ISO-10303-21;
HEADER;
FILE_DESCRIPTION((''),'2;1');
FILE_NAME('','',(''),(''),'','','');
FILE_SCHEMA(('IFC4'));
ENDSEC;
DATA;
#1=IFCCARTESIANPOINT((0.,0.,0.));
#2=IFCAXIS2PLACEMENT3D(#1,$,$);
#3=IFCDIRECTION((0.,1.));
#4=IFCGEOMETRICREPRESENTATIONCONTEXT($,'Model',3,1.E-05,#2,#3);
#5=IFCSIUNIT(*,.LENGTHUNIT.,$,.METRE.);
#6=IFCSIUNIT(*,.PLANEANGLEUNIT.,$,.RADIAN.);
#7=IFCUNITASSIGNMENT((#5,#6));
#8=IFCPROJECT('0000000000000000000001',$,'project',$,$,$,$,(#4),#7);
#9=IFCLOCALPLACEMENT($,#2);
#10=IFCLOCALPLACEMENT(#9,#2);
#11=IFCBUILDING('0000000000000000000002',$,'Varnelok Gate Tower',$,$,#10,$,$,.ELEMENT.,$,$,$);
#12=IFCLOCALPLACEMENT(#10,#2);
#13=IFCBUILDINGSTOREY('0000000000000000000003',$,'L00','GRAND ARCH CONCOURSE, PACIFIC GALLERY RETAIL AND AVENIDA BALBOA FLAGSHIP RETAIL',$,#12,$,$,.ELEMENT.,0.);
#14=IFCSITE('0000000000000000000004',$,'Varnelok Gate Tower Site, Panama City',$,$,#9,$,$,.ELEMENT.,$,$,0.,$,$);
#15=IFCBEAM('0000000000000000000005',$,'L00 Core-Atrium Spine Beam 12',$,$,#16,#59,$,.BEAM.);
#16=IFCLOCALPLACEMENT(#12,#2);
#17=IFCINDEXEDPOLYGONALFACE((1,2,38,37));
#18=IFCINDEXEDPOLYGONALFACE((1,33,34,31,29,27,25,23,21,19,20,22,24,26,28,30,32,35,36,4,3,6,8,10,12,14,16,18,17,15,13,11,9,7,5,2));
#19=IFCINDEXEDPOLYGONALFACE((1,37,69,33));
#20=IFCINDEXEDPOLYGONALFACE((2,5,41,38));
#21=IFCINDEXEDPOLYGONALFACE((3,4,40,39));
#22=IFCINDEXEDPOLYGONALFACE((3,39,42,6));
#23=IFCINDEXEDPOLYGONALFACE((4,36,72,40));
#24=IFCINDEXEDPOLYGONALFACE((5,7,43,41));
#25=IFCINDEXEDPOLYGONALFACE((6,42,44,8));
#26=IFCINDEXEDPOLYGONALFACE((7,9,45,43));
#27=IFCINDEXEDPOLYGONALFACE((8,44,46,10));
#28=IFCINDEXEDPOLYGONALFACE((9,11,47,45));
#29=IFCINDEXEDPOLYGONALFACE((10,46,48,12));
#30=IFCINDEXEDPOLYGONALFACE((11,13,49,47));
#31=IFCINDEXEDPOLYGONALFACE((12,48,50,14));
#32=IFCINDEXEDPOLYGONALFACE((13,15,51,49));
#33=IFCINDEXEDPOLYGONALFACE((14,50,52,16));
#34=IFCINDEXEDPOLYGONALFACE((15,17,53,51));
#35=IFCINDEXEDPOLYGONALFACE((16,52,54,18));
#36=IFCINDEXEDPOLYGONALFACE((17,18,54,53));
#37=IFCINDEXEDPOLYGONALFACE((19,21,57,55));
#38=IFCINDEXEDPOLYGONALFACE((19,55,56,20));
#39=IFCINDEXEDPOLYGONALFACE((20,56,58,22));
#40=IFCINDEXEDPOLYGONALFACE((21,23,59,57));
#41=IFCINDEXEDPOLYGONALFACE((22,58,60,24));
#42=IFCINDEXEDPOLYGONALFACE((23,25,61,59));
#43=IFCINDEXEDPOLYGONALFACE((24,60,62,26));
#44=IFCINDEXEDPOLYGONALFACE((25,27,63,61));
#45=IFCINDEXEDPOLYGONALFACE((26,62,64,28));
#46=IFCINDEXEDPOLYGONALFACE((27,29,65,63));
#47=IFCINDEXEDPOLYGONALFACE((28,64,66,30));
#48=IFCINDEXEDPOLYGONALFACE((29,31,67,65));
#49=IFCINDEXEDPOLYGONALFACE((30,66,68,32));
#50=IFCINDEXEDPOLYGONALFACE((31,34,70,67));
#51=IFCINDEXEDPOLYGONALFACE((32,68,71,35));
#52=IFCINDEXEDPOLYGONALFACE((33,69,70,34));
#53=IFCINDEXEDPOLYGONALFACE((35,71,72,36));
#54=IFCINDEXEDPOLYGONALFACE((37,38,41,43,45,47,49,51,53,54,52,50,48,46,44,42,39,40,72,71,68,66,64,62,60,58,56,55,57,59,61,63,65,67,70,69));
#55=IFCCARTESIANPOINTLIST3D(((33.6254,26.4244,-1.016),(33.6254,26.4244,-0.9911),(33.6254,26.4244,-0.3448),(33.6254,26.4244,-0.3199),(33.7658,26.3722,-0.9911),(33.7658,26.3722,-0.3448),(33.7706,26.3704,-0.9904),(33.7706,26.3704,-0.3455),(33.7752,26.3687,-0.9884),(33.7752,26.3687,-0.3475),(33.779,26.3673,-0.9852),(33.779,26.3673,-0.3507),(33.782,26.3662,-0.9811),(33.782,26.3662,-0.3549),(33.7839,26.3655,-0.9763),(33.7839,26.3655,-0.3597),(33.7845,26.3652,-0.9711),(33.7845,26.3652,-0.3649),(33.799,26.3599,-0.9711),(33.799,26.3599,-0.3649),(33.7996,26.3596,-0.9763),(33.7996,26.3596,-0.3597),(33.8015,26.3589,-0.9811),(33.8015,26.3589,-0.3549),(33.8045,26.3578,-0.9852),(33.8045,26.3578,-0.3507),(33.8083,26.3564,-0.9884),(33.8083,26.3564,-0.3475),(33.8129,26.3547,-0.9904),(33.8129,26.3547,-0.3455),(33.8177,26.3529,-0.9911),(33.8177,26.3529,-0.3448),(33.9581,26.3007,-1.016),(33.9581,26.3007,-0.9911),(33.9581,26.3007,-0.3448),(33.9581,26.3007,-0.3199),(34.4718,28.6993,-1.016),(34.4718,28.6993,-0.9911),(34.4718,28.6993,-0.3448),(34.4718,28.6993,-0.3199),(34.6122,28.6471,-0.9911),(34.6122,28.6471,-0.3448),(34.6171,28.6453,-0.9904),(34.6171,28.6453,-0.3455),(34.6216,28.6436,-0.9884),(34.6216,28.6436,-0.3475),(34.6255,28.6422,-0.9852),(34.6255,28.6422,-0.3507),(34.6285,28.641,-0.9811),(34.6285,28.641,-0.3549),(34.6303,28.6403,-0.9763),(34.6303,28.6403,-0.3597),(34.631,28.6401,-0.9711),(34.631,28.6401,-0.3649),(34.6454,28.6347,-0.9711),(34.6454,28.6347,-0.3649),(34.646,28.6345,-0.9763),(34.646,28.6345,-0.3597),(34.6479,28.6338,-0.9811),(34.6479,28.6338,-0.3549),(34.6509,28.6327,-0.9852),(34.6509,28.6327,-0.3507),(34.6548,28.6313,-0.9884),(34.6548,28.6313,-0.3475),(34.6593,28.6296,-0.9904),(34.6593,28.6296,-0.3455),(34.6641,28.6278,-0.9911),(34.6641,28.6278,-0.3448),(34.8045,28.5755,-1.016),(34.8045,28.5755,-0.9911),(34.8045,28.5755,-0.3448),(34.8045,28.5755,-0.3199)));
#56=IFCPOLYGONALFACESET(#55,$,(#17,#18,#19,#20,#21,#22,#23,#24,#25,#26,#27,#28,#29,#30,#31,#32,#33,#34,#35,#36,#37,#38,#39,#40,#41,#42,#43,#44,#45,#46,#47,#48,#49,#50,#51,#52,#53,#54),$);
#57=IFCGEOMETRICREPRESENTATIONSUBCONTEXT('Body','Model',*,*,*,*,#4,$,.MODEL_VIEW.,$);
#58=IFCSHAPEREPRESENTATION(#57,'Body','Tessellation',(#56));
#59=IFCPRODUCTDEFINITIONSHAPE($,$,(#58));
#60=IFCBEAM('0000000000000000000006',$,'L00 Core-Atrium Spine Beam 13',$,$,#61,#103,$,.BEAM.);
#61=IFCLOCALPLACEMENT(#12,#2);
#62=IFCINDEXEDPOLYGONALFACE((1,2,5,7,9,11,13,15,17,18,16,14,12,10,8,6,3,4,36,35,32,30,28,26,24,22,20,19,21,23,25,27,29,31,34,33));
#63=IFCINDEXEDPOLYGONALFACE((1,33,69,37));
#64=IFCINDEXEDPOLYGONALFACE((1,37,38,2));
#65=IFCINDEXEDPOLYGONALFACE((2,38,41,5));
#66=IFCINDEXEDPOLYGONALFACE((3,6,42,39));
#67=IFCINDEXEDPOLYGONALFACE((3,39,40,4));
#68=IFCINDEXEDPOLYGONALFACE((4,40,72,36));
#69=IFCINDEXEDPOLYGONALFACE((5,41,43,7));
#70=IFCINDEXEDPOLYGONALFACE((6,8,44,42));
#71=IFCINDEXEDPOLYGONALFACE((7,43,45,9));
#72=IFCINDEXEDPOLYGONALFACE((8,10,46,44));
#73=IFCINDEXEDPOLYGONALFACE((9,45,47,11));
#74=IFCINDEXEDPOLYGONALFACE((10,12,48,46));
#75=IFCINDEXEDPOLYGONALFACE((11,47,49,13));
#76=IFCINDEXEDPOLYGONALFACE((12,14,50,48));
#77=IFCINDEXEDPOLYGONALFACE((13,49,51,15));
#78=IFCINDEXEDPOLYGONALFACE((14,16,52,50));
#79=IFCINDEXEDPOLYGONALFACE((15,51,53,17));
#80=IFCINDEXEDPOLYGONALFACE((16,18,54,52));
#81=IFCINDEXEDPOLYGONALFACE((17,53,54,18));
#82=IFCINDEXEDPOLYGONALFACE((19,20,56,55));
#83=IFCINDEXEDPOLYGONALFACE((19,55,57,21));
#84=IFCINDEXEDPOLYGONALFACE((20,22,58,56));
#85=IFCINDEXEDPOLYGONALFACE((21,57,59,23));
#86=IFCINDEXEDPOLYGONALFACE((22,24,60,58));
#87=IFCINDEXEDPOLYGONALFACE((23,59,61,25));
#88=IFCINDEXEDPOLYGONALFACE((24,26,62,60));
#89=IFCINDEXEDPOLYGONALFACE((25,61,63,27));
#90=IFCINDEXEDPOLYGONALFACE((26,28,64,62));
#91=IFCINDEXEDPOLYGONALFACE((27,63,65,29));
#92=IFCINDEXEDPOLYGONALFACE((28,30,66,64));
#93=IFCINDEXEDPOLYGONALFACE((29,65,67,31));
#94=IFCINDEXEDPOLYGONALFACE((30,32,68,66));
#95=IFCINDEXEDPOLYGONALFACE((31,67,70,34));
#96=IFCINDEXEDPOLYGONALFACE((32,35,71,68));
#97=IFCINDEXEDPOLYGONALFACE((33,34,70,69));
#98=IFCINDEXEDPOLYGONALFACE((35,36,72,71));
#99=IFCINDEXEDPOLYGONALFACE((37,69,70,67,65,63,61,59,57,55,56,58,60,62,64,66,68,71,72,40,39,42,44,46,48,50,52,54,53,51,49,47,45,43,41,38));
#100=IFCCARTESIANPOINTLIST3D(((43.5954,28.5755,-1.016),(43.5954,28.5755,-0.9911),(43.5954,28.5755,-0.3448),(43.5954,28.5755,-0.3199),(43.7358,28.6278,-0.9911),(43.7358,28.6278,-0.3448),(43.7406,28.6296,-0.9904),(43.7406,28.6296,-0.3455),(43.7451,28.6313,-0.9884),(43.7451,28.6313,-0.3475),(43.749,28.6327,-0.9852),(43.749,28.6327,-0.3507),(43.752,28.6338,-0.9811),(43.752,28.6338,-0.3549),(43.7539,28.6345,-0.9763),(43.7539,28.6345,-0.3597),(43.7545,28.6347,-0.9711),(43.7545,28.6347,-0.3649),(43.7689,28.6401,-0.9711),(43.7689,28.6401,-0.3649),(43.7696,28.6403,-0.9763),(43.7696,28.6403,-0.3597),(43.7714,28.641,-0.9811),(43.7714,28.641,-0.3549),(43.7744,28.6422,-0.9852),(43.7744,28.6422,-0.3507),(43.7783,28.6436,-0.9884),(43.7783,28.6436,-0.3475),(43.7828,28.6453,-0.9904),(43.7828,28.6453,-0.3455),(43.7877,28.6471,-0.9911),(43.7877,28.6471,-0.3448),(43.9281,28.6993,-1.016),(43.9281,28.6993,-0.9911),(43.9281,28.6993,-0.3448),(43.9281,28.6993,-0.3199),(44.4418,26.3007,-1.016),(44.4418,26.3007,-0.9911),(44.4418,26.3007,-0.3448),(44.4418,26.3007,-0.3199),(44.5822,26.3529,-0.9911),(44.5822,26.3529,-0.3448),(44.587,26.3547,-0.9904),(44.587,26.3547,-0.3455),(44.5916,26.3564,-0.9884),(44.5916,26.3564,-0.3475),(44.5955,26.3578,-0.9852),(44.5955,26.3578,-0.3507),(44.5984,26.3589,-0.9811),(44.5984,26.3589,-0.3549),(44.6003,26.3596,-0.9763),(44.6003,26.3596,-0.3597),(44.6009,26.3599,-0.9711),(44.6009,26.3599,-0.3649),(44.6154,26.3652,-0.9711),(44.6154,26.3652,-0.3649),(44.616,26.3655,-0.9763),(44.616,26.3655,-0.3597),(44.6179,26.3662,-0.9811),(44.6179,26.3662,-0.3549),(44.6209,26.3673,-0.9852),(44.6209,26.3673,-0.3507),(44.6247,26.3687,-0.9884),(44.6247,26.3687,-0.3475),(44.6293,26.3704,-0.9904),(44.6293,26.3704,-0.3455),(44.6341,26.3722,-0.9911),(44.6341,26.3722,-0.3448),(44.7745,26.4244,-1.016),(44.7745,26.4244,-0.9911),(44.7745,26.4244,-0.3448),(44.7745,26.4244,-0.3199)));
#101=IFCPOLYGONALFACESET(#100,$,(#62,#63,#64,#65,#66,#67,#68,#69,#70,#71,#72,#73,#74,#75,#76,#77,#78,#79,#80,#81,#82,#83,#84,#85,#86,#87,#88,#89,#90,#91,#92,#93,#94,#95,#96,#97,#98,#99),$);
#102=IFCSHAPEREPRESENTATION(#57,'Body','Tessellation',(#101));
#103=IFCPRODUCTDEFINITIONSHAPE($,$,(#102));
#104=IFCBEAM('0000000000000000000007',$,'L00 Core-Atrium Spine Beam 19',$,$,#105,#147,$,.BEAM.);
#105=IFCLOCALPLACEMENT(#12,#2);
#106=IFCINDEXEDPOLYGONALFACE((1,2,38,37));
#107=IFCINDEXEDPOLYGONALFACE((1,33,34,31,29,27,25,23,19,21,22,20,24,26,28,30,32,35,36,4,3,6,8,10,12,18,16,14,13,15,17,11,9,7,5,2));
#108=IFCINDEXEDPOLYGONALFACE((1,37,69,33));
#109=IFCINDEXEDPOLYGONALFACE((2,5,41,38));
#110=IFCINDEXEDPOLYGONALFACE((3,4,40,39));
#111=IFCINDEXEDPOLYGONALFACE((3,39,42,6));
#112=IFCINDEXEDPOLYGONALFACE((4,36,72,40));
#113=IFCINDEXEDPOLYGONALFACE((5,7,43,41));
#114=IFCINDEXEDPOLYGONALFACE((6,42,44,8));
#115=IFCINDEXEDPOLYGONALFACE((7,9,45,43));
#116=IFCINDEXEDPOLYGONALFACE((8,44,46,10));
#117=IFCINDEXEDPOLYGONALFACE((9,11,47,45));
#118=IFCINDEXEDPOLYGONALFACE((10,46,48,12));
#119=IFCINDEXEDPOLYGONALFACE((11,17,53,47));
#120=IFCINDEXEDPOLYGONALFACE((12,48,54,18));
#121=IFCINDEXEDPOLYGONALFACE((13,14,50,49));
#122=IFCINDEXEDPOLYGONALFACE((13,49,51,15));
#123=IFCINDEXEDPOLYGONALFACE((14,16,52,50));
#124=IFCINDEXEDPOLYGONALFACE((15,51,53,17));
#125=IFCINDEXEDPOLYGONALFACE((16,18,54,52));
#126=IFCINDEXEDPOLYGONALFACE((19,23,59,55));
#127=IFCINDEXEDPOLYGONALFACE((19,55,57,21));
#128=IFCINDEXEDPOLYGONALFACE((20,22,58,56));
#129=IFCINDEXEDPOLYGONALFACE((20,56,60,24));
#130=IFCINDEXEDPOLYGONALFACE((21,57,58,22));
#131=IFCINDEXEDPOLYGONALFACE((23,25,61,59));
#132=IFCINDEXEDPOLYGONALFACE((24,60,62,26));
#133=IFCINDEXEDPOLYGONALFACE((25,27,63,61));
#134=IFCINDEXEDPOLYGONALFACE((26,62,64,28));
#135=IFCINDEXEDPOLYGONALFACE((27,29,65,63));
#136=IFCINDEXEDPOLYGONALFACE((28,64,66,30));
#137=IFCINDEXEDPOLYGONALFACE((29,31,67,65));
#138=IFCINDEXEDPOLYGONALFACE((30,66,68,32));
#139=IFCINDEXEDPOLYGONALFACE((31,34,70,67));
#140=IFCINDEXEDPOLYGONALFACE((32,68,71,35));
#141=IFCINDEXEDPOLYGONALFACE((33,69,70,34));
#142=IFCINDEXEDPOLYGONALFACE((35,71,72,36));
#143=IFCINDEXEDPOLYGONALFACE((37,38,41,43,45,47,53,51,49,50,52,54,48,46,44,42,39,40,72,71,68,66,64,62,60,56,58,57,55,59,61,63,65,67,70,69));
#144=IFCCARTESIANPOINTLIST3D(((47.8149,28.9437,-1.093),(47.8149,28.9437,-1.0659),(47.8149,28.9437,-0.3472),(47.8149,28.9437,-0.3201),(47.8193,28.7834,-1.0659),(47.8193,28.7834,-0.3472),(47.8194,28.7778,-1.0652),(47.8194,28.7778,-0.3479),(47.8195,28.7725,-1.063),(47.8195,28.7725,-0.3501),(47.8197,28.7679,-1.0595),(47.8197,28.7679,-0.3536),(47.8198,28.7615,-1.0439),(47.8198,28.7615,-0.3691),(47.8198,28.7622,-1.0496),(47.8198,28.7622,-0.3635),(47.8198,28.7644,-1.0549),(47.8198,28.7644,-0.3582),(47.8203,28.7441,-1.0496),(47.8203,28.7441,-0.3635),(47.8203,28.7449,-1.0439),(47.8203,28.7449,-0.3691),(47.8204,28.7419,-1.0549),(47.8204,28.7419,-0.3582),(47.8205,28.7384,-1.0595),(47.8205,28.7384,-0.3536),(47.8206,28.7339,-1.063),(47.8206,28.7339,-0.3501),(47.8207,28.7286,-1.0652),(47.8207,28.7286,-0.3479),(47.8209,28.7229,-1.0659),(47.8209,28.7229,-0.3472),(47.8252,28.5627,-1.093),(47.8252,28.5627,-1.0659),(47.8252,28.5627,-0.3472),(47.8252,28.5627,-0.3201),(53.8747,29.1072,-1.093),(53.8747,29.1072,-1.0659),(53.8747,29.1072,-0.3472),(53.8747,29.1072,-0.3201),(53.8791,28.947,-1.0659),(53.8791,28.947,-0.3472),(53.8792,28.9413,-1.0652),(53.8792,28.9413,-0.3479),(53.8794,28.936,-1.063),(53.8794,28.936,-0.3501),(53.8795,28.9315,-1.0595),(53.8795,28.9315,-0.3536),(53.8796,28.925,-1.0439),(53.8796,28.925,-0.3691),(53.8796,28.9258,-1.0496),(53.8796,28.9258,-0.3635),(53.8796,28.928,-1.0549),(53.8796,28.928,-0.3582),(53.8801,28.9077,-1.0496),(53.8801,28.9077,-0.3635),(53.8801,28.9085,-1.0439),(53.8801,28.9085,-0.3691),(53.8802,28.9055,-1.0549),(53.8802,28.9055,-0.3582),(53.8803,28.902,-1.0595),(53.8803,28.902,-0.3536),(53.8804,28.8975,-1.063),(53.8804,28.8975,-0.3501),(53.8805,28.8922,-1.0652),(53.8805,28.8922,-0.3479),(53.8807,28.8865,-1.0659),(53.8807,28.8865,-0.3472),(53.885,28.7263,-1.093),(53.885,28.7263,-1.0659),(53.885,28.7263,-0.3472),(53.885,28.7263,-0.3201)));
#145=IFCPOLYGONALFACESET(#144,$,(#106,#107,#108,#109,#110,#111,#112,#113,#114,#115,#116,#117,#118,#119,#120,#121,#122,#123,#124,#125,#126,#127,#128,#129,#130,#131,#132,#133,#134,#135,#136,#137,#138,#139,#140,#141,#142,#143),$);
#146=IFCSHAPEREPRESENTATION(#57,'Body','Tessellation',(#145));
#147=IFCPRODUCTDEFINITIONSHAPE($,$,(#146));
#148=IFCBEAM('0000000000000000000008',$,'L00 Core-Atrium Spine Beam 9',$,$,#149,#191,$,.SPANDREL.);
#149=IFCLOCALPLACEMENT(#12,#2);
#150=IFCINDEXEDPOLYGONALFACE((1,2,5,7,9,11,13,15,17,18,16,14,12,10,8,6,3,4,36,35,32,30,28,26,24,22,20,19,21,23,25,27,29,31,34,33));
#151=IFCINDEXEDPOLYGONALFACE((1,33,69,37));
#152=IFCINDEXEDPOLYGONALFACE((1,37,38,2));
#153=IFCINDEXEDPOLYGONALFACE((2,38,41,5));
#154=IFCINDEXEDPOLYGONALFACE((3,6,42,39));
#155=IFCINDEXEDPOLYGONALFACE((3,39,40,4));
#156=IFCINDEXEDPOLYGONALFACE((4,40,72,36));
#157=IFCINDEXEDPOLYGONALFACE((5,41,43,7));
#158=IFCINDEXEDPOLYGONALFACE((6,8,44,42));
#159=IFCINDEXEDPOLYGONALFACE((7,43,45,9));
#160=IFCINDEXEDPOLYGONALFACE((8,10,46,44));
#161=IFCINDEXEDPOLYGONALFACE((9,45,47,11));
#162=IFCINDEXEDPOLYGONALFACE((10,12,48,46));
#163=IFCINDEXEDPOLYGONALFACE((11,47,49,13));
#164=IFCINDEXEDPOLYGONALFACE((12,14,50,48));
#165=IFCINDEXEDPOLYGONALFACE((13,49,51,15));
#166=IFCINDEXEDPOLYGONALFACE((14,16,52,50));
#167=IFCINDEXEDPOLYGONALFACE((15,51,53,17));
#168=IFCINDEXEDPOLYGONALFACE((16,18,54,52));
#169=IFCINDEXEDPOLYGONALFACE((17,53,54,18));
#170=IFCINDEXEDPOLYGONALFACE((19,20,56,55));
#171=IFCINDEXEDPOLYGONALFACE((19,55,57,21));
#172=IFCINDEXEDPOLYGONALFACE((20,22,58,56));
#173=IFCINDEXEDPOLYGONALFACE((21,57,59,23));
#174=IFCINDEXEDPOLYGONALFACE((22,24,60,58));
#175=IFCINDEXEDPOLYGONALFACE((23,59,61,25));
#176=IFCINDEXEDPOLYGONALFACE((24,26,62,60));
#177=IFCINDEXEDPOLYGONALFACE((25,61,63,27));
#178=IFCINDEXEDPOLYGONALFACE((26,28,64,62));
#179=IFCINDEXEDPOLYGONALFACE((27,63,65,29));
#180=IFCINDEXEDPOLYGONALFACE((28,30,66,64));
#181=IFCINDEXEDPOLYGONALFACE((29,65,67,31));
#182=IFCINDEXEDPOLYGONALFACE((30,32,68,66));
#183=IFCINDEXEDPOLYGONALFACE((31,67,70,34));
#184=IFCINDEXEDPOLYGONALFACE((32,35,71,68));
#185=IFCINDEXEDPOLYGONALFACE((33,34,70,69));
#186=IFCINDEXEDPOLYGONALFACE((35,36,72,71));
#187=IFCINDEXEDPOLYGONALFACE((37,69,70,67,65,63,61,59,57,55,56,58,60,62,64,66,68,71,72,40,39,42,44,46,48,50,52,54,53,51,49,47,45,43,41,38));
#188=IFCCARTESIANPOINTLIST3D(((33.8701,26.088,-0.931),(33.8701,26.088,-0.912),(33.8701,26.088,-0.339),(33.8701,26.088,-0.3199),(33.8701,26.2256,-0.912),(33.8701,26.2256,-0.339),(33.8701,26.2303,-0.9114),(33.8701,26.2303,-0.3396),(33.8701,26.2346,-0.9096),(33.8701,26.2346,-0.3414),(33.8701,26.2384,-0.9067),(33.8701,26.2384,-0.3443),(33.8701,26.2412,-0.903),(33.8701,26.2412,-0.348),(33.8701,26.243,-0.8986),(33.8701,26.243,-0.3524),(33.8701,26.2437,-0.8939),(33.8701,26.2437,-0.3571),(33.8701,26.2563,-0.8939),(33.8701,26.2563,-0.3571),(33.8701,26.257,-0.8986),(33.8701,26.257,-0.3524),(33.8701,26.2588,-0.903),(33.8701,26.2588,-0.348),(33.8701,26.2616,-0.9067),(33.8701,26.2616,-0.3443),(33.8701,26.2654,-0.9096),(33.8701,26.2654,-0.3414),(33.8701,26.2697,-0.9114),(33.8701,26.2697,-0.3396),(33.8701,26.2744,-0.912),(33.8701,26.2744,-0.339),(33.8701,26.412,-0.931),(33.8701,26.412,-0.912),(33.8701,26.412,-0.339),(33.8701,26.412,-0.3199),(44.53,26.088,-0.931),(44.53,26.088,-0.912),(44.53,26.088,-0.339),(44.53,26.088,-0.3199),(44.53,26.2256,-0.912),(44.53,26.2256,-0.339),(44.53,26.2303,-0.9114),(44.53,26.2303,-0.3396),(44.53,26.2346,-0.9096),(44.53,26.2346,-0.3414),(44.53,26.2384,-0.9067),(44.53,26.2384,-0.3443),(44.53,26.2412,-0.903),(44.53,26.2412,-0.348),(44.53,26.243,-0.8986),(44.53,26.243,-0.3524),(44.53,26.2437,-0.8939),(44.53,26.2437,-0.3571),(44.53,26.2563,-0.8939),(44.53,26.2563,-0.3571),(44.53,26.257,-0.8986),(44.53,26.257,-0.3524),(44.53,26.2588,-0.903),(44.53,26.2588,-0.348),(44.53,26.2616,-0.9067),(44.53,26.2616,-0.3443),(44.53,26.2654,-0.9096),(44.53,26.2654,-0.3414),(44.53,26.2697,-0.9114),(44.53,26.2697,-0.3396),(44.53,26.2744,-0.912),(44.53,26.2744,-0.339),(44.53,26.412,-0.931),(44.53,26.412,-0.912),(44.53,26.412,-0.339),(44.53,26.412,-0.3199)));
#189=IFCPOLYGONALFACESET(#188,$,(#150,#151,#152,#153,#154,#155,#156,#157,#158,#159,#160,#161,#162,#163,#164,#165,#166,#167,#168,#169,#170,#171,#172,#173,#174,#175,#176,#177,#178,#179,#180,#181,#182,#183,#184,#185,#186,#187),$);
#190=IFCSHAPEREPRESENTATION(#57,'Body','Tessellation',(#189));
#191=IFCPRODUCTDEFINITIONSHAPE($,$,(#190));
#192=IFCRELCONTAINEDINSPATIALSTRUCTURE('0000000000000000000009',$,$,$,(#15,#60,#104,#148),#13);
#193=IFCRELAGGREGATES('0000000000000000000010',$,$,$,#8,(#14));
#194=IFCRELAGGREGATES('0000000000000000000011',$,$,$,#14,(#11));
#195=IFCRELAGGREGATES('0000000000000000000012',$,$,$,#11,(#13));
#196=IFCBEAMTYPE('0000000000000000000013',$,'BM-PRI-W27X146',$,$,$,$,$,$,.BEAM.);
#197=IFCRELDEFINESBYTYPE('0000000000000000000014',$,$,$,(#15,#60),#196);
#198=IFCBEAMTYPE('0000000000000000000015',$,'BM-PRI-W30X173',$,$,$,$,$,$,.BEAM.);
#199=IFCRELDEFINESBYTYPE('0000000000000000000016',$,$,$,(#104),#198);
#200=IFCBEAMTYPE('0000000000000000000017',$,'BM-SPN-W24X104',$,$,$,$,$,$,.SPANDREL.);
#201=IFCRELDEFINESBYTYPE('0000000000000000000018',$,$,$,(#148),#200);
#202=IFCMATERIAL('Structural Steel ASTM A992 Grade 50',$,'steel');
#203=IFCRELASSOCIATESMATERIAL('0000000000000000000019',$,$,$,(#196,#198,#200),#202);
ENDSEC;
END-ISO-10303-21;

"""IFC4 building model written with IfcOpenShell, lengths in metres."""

from ifc_helpers import new_model, si_unit, direction, frame, origin, origin_2d, place, context, subcontext, project, spatial, i_section, extrude, material, material_profile, profile_set, type_object, element, save


model = new_model("IFC4")

# Units and contexts
model_context = context("Model", 3, precision=1e-05, world=origin(), true_north=direction((0.0, 1.0)))
body_context = subcontext(model_context, "Body", "Model", "MODEL_VIEW")
ifc_project = project(units=[si_unit("LENGTHUNIT", "METRE"), si_unit("PLANEANGLEUNIT", "RADIAN")], contexts=[model_context])

# Site, building, storey
site_placement = place(None, origin())
site = spatial("IfcSite", under=ifc_project, at=site_placement, Name="Varnelok Gate Tower Site, Panama City", CompositionType="ELEMENT", RefElevation=0.0)
building_placement = place(site_placement, origin())
building = spatial("IfcBuilding", under=site, at=building_placement, Name="Varnelok Gate Tower", CompositionType="ELEMENT")
storey_placement = place(building_placement, origin())
storey = spatial("IfcBuildingStorey", under=building, at=storey_placement, Name="L00", Description="GRAND ARCH CONCOURSE, PACIFIC GALLERY RETAIL AND AVENIDA BALBOA FLAGSHIP RETAIL", CompositionType="ELEMENT", Elevation=0.0)

# Shared definitions
ifc_material_1 = material(Name="Structural Steel ASTM A992 Grade 50", Category="steel")

# Beams
ifc_material_profile_1 = material_profile(ifc_material_1, i_section(OverallWidth=0.355, OverallDepth=0.696, WebThickness=0.0154, FlangeThickness=0.0249, FilletRadius=0.02, at=origin_2d()), Name="W27X146")
ifc_profile_set_1 = profile_set([ifc_material_profile_1], Name="Structural Steel ASTM A992 Grade 50")
beam_type_1 = type_object("IfcBeamType", Name="BM-PRI-W27X146", PredefinedType="BEAM", material=ifc_profile_set_1)
for number, where, z_axis, x_axis, name in (
    (1, (33.7917, 26.3625, -0.668), (0.348719, 0.937227, 0.0), (-0.937227, 0.348719, 0.0), "L00 Core-Atrium Spine Beam 12"),
    (2, (44.6082, 26.3625, -0.668), (-0.348719, 0.937227, 0.0), (-0.937227, -0.348719, 0.0), "L00 Core-Atrium Spine Beam 13"),
):
    element("IfcBeam", number, at=place(storey_placement, frame(where, z_axis=z_axis, x_axis=x_axis)), inside=storey, type_object=beam_type_1, Name=name, PredefinedType="BEAM", context=body_context, shape_type="SweptSolid", body=[
        extrude(i_section(OverallWidth=0.355, OverallDepth=0.696, WebThickness=0.0154, FlangeThickness=0.0249, FilletRadius=0.02, at=origin_2d()), origin(), (0.0, 0.0, 1.0), 2.4272),
    ])
ifc_material_profile_2 = material_profile(ifc_material_1, i_section(OverallWidth=0.3811, OverallDepth=0.7729, WebThickness=0.0166, FlangeThickness=0.0271, FilletRadius=0.022, at=origin_2d()), Name="W30X173")
ifc_profile_set_2 = profile_set([ifc_material_profile_2], Name="Structural Steel ASTM A992 Grade 50")
beam_type_2 = type_object("IfcBeamType", Name="BM-PRI-W30X173", PredefinedType="BEAM", material=ifc_profile_set_2)
beam_1_placement = place(storey_placement, frame((47.8201, 28.7532, -0.7065), z_axis=(0.999636, 0.026983, 0.0), x_axis=(-0.026983, 0.999636, 0.0)))
element("IfcBeam", 3, at=beam_1_placement, inside=storey, type_object=beam_type_2, Name="L00 Core-Atrium Spine Beam 19", PredefinedType="BEAM", context=body_context, shape_type="SweptSolid", body=[
    extrude(i_section(OverallWidth=0.3811, OverallDepth=0.7729, WebThickness=0.0166, FlangeThickness=0.0271, FilletRadius=0.022, at=origin_2d()), origin(), (0.0, 0.0, 1.0), 6.062),
])
ifc_material_profile_3 = material_profile(ifc_material_1, i_section(OverallWidth=0.324, OverallDepth=0.6111, WebThickness=0.0127, FlangeThickness=0.019, FilletRadius=0.0181, at=origin_2d()), Name="W24X104")
ifc_profile_set_3 = profile_set([ifc_material_profile_3], Name="Structural Steel ASTM A992 Grade 50")
beam_type_3 = type_object("IfcBeamType", Name="BM-SPN-W24X104", PredefinedType="SPANDREL", material=ifc_profile_set_3)
beam_2_placement = place(storey_placement, frame((33.8701, 26.25, -0.6255), z_axis=(1.0, 0.0, 0.0), x_axis=(0.0, 1.0, 0.0)))
element("IfcBeam", 4, at=beam_2_placement, inside=storey, type_object=beam_type_3, Name="L00 Core-Atrium Spine Beam 9", PredefinedType="SPANDREL", context=body_context, shape_type="SweptSolid", body=[
    extrude(i_section(OverallWidth=0.324, OverallDepth=0.6111, WebThickness=0.0127, FlangeThickness=0.019, FilletRadius=0.0181, at=origin_2d()), origin(), (0.0, 0.0, 1.0), 10.6599),
])

save(model, "model.ifc")
